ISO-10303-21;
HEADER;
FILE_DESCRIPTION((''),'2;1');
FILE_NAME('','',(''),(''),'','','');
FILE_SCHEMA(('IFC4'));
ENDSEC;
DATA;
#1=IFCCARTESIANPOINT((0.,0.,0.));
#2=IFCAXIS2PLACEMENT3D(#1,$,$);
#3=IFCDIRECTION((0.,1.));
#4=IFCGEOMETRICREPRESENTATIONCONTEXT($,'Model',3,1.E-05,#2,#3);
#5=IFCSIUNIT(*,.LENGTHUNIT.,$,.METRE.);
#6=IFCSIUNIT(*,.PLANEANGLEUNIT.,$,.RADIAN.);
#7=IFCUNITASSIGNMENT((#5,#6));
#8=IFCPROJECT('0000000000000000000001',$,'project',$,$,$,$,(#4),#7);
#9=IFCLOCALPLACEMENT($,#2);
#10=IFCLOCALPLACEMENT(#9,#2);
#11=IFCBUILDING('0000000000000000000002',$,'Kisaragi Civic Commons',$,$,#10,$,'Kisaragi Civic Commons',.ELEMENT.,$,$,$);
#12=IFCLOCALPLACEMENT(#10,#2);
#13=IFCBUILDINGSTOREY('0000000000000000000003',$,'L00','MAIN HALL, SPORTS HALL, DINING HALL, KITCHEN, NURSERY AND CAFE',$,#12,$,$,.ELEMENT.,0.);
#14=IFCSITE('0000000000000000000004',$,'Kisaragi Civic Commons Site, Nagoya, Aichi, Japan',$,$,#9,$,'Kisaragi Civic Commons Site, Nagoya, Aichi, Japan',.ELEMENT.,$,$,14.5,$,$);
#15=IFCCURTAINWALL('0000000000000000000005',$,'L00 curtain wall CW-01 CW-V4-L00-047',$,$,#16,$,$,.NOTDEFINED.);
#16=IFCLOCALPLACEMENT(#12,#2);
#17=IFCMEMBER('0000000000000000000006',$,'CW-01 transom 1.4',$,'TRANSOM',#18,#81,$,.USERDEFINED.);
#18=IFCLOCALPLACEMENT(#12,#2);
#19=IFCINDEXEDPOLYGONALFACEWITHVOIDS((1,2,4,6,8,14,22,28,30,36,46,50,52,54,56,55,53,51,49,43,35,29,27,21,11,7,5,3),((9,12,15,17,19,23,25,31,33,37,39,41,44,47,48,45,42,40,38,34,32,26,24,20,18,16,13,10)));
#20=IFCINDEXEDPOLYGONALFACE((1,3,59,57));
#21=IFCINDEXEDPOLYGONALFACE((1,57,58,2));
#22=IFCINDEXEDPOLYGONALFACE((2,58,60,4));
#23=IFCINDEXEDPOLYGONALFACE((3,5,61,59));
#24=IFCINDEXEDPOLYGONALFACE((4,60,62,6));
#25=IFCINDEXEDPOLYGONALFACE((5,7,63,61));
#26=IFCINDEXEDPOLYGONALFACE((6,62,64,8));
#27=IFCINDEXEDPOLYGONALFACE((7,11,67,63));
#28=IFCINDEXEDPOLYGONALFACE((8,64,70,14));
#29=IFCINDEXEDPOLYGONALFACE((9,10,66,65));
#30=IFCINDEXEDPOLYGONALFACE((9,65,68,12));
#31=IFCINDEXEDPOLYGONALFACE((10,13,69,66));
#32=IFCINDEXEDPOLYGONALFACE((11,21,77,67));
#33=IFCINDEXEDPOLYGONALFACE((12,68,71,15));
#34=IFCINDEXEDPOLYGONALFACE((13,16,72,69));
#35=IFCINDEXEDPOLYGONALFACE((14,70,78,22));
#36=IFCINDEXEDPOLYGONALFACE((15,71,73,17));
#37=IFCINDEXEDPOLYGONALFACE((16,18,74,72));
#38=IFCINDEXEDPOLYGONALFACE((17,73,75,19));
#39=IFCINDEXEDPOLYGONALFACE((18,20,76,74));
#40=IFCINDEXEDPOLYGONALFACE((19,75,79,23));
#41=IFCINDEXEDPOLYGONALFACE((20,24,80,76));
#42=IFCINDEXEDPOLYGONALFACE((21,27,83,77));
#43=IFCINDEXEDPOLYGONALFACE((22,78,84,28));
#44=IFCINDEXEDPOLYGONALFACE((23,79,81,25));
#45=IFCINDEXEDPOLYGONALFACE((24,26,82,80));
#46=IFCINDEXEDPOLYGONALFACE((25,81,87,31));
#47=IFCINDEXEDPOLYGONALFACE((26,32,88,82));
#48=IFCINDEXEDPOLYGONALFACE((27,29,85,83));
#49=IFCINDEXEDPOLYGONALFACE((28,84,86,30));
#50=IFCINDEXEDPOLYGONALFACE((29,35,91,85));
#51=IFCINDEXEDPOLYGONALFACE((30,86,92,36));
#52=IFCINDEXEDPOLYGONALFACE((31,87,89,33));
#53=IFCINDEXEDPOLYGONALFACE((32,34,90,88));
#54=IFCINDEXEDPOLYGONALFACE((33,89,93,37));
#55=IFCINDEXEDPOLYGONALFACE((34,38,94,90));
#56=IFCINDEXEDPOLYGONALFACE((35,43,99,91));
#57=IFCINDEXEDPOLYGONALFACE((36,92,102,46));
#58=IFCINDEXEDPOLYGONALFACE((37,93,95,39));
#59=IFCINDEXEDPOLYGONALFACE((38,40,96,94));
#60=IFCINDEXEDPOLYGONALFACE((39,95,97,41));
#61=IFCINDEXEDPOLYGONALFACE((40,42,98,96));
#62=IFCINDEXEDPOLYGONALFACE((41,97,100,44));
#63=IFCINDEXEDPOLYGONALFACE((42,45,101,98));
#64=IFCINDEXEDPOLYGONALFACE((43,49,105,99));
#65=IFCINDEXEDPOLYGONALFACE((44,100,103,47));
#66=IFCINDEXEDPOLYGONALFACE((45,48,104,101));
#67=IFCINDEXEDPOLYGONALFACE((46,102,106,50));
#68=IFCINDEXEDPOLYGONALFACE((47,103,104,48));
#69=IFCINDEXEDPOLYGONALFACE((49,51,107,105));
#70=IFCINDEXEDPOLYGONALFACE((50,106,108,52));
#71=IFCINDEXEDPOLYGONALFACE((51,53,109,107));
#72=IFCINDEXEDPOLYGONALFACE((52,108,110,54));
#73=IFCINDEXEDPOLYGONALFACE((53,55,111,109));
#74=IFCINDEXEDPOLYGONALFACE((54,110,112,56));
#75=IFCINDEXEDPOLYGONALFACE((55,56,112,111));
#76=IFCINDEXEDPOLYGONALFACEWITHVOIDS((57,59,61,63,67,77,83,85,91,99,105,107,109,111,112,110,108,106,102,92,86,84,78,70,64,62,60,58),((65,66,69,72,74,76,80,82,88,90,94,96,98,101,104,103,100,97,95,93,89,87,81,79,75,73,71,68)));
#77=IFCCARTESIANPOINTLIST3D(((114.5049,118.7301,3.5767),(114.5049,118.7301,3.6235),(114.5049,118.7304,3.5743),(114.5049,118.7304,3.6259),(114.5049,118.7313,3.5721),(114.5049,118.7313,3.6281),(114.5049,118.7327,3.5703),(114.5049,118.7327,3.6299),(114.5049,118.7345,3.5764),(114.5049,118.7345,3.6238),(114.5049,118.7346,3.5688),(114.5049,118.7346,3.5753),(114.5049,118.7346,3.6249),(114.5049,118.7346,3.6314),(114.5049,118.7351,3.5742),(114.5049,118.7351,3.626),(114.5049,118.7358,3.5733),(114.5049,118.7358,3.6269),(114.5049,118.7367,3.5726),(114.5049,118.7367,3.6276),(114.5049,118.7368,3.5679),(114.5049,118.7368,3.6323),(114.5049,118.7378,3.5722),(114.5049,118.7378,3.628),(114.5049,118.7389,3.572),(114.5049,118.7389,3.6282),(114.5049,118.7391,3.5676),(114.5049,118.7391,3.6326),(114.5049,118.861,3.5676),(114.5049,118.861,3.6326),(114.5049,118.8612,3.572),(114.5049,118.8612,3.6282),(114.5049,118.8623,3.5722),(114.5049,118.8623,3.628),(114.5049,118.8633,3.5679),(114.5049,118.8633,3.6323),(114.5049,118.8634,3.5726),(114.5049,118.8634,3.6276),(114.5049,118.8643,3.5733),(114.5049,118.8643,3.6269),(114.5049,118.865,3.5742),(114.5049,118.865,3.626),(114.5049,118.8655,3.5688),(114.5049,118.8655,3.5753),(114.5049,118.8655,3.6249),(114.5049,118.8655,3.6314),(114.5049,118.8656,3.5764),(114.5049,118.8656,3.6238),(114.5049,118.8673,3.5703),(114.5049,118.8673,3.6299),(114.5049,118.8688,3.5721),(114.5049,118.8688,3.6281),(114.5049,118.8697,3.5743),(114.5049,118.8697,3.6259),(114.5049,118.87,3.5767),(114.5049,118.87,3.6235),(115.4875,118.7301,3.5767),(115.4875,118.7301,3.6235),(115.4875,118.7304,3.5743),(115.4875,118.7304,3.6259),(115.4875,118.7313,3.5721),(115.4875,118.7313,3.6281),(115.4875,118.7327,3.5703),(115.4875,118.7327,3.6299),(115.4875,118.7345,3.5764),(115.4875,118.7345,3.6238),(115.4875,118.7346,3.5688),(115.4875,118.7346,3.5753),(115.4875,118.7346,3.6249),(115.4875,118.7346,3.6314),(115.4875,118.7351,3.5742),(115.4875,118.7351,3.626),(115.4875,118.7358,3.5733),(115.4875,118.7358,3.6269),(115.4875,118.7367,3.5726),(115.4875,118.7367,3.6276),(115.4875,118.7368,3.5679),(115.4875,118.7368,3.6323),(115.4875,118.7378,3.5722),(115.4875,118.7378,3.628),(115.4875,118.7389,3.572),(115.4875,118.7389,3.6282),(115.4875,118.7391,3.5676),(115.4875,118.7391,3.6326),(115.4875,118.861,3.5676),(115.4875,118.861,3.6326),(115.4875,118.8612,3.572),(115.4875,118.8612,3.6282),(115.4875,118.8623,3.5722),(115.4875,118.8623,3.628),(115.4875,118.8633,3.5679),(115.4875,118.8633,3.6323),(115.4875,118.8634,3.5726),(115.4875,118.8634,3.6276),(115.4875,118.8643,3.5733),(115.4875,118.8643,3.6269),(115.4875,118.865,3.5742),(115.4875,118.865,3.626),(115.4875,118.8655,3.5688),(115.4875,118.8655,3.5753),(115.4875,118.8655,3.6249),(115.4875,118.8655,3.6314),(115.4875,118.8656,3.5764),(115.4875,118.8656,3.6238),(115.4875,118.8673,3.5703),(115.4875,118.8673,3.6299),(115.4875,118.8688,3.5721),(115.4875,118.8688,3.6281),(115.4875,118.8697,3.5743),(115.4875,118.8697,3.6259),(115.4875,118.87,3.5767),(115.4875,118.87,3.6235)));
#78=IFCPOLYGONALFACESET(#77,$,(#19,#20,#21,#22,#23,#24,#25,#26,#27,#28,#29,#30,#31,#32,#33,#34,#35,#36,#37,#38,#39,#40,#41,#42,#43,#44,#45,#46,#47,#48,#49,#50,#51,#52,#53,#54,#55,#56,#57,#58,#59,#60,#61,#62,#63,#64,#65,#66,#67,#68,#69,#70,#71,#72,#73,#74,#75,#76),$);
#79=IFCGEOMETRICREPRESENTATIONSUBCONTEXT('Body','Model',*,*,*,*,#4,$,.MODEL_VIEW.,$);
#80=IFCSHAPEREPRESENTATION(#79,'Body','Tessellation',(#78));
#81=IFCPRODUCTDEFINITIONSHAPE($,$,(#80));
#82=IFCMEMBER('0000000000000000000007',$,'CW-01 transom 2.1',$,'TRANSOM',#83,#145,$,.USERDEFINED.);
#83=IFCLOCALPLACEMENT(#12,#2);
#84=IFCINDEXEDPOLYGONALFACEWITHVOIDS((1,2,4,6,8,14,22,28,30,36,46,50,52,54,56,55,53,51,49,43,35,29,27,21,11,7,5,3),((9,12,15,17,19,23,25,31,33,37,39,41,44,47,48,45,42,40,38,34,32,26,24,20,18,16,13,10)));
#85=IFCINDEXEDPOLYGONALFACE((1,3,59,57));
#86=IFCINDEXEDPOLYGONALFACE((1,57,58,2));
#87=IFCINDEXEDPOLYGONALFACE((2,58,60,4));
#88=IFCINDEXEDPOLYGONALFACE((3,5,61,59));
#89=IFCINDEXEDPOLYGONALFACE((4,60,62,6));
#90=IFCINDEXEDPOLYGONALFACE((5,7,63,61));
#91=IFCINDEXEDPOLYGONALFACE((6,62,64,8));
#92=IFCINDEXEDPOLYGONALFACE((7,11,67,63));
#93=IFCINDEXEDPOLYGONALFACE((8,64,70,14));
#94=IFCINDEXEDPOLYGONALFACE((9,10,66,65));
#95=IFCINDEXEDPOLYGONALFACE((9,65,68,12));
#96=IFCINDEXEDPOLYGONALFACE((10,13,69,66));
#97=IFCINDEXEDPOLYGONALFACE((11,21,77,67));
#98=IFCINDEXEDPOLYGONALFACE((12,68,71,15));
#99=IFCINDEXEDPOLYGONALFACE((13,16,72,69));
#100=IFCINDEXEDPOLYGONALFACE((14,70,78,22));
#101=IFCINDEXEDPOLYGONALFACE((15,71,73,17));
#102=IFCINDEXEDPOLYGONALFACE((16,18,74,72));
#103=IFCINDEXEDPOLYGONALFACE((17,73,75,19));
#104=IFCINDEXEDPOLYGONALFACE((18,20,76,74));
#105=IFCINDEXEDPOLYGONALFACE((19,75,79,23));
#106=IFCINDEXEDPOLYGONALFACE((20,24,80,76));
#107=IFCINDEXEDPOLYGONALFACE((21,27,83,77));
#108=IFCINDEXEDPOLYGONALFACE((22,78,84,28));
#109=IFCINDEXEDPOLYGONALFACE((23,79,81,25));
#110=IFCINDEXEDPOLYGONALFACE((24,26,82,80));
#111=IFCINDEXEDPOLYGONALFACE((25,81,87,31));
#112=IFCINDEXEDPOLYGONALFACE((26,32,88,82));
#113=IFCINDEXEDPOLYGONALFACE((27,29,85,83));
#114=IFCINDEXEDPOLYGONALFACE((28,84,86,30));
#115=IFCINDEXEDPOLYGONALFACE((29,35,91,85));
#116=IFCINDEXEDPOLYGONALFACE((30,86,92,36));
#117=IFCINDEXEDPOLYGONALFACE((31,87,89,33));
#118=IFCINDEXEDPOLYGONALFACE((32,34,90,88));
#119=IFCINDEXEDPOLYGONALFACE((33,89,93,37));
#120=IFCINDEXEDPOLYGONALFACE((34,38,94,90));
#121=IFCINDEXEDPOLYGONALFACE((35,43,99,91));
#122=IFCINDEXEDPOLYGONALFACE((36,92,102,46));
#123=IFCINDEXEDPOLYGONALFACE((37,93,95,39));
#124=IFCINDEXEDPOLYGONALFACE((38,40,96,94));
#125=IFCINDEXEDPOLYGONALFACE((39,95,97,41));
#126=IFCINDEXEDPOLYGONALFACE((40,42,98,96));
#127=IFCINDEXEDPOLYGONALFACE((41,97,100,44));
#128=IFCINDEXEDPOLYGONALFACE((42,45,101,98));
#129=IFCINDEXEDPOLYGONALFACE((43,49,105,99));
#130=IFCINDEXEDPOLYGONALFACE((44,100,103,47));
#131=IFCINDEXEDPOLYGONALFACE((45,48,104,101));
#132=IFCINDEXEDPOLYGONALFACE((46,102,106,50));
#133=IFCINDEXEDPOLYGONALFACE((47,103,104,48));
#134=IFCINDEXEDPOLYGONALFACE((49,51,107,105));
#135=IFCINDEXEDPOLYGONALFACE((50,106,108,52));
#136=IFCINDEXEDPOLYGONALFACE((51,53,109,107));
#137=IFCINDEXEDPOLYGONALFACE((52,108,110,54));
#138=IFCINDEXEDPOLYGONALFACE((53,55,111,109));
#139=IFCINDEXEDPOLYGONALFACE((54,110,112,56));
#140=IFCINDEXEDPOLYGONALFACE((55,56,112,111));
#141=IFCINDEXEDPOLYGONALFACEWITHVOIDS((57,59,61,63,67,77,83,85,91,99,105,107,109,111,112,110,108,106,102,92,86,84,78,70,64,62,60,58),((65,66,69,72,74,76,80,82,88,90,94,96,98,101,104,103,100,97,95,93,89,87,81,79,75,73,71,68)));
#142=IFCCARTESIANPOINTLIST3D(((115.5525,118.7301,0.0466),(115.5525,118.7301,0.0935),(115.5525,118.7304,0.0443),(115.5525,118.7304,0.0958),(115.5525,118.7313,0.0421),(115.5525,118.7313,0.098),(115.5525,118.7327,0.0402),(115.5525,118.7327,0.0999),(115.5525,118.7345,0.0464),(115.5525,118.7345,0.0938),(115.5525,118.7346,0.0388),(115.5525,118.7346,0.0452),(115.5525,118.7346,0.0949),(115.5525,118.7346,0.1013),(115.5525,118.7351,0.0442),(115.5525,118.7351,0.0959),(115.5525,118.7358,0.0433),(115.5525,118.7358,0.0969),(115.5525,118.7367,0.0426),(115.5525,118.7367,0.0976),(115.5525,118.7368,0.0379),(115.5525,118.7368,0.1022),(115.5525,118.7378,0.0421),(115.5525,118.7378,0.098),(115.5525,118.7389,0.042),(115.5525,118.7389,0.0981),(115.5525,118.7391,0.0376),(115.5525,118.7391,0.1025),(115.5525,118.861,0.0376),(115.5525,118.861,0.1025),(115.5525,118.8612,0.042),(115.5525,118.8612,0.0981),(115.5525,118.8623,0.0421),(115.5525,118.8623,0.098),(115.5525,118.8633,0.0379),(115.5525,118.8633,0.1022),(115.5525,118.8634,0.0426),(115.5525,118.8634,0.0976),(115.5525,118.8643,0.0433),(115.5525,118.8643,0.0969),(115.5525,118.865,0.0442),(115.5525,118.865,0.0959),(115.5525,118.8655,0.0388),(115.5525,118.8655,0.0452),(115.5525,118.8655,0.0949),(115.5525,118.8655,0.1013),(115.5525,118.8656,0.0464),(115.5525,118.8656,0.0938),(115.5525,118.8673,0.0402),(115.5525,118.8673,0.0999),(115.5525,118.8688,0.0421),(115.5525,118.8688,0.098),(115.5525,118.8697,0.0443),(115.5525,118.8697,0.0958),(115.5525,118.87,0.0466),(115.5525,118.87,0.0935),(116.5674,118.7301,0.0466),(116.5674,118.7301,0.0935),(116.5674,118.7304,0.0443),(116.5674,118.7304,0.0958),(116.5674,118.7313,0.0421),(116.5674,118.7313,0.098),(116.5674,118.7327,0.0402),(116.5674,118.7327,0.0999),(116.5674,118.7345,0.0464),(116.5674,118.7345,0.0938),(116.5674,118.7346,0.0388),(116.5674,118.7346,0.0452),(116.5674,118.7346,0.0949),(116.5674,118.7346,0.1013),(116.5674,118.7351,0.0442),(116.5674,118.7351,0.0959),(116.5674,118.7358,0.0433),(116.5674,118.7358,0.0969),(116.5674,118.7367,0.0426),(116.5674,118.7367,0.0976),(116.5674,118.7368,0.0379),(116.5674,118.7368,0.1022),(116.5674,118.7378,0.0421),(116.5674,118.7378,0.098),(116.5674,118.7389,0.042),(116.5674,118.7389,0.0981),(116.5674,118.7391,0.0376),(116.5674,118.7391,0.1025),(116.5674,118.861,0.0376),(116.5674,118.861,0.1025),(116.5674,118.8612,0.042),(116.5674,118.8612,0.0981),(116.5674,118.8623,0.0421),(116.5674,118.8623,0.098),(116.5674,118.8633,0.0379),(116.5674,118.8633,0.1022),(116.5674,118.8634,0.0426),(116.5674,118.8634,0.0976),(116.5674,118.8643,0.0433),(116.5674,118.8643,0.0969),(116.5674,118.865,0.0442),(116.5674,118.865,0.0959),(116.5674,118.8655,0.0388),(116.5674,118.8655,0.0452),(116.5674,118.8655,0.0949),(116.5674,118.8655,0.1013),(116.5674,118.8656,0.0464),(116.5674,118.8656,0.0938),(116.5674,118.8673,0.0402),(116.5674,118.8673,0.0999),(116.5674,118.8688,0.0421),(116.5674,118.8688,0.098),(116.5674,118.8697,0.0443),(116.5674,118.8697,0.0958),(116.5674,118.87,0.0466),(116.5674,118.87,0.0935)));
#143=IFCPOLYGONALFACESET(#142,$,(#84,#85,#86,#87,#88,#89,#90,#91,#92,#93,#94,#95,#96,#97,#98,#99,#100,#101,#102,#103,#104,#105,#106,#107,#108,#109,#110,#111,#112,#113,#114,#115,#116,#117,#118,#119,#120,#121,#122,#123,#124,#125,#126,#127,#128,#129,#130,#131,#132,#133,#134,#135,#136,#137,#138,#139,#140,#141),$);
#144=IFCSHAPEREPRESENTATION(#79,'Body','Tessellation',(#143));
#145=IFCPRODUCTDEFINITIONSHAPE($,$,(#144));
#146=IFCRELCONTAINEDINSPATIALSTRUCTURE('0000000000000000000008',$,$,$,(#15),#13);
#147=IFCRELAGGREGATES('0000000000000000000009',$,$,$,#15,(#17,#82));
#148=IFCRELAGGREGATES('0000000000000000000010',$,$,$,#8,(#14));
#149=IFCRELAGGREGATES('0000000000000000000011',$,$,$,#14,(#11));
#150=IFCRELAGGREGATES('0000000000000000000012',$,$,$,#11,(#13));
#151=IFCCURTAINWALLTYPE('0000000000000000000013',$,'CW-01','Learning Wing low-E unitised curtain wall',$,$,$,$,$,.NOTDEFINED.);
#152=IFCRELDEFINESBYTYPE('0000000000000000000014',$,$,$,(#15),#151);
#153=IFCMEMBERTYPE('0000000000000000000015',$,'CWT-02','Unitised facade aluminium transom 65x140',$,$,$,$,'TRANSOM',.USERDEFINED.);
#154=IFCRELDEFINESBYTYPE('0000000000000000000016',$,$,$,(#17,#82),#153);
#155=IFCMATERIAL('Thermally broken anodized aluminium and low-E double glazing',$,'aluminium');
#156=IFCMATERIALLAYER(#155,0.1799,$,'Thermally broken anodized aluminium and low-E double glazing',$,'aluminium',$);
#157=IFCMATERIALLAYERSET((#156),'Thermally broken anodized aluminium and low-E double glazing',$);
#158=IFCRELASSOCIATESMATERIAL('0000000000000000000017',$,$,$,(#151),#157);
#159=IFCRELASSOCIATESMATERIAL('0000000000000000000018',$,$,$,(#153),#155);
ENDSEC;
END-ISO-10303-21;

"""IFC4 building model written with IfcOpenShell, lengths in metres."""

from ifc_helpers import new_model, si_unit, direction, frame, origin, origin_2d, place, context, subcontext, project, spatial, hollow_rectangle, extrude, material, layer, layer_set, material_profile, profile_set, type_object, element, aggregate, save


model = new_model("IFC4")

# Units and contexts
model_context = context("Model", 3, precision=1e-05, world=origin(), true_north=direction((0.0, 1.0)))
body_context = subcontext(model_context, "Body", "Model", "MODEL_VIEW")
ifc_project = project(units=[si_unit("LENGTHUNIT", "METRE"), si_unit("PLANEANGLEUNIT", "RADIAN")], contexts=[model_context])

# Site, building, storey
site_placement = place(None, origin())
site = spatial("IfcSite", under=ifc_project, at=site_placement, Name="Kisaragi Civic Commons Site, Nagoya, Aichi, Japan", LongName="Kisaragi Civic Commons Site, Nagoya, Aichi, Japan", CompositionType="ELEMENT", RefElevation=14.5)
building_placement = place(site_placement, origin())
building = spatial("IfcBuilding", under=site, at=building_placement, Name="Kisaragi Civic Commons", LongName="Kisaragi Civic Commons", CompositionType="ELEMENT")
storey_placement = place(building_placement, origin())
storey = spatial("IfcBuildingStorey", under=building, at=storey_placement, Name="L00", Description="MAIN HALL, SPORTS HALL, DINING HALL, KITCHEN, NURSERY AND CAFE", CompositionType="ELEMENT", Elevation=0.0)

# Curtain wall, members
ifc_material_1 = material(Name="Thermally broken anodized aluminium and low-E double glazing", Category="aluminium")
ifc_layer_1 = layer(ifc_material_1, 0.1799, Name="Thermally broken anodized aluminium and low-E double glazing", Category="aluminium")
ifc_layer_set_1 = layer_set([ifc_layer_1], Name="Thermally broken anodized aluminium and low-E double glazing")
curtain_wall_type = type_object("IfcCurtainWallType", Name="CW-01", Description="Learning Wing low-E unitised curtain wall", PredefinedType="NOTDEFINED", material=ifc_layer_set_1)
curtain_wall_placement = place(storey_placement, origin())
curtain_wall = element("IfcCurtainWall", 1, at=curtain_wall_placement, inside=storey, type_object=curtain_wall_type, Name="L00 curtain wall CW-01 CW-V4-L00-047", PredefinedType="NOTDEFINED")
ifc_material_profile_1 = material_profile(ifc_material_1, hollow_rectangle(XDim=0.1399, YDim=0.0649, WallThickness=0.0044, InnerFilletRadius=0.0044, OuterFilletRadius=0.009, at=origin_2d()), Name="CWT-65x140x4.5", Category="aluminium")
ifc_profile_set_1 = profile_set([ifc_material_profile_1], Name="Thermally broken anodized aluminium and low-E double glazing")
member_type_1 = type_object("IfcMemberType", Name="CWT-02", Description="Unitised facade aluminium transom 65x140", ElementType="TRANSOM", PredefinedType="USERDEFINED", material=ifc_profile_set_1)
member_1_placement = place(storey_placement, frame((114.5049, 118.8, 3.6001), z_axis=(1.0, 0.0, 0.0), x_axis=(0.0, 1.0, 0.0)))
member_1 = element("IfcMember", 2, at=member_1_placement, type_object=member_type_1, Name="CW-01 transom 1.4", ObjectType="TRANSOM", PredefinedType="USERDEFINED", context=body_context, shape_type="SweptSolid", body=[
    extrude(hollow_rectangle(XDim=0.1399, YDim=0.0649, WallThickness=0.0044, InnerFilletRadius=0.0044, OuterFilletRadius=0.009, at=origin_2d()), origin(), (0.0, 0.0, 1.0), 0.9827),
])
member_2_placement = place(storey_placement, frame((115.5525, 118.8, 0.0701), z_axis=(1.0, 0.0, 0.0), x_axis=(0.0, 1.0, 0.0)))
member_2 = element("IfcMember", 3, at=member_2_placement, type_object=member_type_1, Name="CW-01 transom 2.1", ObjectType="TRANSOM", PredefinedType="USERDEFINED", context=body_context, shape_type="SweptSolid", body=[
    extrude(hollow_rectangle(XDim=0.1399, YDim=0.0649, WallThickness=0.0044, InnerFilletRadius=0.0044, OuterFilletRadius=0.009, at=origin_2d()), origin(), (0.0, 0.0, 1.0), 1.0149),
])
aggregate(curtain_wall, [member_1, member_2])

save(model, "model.ifc")
